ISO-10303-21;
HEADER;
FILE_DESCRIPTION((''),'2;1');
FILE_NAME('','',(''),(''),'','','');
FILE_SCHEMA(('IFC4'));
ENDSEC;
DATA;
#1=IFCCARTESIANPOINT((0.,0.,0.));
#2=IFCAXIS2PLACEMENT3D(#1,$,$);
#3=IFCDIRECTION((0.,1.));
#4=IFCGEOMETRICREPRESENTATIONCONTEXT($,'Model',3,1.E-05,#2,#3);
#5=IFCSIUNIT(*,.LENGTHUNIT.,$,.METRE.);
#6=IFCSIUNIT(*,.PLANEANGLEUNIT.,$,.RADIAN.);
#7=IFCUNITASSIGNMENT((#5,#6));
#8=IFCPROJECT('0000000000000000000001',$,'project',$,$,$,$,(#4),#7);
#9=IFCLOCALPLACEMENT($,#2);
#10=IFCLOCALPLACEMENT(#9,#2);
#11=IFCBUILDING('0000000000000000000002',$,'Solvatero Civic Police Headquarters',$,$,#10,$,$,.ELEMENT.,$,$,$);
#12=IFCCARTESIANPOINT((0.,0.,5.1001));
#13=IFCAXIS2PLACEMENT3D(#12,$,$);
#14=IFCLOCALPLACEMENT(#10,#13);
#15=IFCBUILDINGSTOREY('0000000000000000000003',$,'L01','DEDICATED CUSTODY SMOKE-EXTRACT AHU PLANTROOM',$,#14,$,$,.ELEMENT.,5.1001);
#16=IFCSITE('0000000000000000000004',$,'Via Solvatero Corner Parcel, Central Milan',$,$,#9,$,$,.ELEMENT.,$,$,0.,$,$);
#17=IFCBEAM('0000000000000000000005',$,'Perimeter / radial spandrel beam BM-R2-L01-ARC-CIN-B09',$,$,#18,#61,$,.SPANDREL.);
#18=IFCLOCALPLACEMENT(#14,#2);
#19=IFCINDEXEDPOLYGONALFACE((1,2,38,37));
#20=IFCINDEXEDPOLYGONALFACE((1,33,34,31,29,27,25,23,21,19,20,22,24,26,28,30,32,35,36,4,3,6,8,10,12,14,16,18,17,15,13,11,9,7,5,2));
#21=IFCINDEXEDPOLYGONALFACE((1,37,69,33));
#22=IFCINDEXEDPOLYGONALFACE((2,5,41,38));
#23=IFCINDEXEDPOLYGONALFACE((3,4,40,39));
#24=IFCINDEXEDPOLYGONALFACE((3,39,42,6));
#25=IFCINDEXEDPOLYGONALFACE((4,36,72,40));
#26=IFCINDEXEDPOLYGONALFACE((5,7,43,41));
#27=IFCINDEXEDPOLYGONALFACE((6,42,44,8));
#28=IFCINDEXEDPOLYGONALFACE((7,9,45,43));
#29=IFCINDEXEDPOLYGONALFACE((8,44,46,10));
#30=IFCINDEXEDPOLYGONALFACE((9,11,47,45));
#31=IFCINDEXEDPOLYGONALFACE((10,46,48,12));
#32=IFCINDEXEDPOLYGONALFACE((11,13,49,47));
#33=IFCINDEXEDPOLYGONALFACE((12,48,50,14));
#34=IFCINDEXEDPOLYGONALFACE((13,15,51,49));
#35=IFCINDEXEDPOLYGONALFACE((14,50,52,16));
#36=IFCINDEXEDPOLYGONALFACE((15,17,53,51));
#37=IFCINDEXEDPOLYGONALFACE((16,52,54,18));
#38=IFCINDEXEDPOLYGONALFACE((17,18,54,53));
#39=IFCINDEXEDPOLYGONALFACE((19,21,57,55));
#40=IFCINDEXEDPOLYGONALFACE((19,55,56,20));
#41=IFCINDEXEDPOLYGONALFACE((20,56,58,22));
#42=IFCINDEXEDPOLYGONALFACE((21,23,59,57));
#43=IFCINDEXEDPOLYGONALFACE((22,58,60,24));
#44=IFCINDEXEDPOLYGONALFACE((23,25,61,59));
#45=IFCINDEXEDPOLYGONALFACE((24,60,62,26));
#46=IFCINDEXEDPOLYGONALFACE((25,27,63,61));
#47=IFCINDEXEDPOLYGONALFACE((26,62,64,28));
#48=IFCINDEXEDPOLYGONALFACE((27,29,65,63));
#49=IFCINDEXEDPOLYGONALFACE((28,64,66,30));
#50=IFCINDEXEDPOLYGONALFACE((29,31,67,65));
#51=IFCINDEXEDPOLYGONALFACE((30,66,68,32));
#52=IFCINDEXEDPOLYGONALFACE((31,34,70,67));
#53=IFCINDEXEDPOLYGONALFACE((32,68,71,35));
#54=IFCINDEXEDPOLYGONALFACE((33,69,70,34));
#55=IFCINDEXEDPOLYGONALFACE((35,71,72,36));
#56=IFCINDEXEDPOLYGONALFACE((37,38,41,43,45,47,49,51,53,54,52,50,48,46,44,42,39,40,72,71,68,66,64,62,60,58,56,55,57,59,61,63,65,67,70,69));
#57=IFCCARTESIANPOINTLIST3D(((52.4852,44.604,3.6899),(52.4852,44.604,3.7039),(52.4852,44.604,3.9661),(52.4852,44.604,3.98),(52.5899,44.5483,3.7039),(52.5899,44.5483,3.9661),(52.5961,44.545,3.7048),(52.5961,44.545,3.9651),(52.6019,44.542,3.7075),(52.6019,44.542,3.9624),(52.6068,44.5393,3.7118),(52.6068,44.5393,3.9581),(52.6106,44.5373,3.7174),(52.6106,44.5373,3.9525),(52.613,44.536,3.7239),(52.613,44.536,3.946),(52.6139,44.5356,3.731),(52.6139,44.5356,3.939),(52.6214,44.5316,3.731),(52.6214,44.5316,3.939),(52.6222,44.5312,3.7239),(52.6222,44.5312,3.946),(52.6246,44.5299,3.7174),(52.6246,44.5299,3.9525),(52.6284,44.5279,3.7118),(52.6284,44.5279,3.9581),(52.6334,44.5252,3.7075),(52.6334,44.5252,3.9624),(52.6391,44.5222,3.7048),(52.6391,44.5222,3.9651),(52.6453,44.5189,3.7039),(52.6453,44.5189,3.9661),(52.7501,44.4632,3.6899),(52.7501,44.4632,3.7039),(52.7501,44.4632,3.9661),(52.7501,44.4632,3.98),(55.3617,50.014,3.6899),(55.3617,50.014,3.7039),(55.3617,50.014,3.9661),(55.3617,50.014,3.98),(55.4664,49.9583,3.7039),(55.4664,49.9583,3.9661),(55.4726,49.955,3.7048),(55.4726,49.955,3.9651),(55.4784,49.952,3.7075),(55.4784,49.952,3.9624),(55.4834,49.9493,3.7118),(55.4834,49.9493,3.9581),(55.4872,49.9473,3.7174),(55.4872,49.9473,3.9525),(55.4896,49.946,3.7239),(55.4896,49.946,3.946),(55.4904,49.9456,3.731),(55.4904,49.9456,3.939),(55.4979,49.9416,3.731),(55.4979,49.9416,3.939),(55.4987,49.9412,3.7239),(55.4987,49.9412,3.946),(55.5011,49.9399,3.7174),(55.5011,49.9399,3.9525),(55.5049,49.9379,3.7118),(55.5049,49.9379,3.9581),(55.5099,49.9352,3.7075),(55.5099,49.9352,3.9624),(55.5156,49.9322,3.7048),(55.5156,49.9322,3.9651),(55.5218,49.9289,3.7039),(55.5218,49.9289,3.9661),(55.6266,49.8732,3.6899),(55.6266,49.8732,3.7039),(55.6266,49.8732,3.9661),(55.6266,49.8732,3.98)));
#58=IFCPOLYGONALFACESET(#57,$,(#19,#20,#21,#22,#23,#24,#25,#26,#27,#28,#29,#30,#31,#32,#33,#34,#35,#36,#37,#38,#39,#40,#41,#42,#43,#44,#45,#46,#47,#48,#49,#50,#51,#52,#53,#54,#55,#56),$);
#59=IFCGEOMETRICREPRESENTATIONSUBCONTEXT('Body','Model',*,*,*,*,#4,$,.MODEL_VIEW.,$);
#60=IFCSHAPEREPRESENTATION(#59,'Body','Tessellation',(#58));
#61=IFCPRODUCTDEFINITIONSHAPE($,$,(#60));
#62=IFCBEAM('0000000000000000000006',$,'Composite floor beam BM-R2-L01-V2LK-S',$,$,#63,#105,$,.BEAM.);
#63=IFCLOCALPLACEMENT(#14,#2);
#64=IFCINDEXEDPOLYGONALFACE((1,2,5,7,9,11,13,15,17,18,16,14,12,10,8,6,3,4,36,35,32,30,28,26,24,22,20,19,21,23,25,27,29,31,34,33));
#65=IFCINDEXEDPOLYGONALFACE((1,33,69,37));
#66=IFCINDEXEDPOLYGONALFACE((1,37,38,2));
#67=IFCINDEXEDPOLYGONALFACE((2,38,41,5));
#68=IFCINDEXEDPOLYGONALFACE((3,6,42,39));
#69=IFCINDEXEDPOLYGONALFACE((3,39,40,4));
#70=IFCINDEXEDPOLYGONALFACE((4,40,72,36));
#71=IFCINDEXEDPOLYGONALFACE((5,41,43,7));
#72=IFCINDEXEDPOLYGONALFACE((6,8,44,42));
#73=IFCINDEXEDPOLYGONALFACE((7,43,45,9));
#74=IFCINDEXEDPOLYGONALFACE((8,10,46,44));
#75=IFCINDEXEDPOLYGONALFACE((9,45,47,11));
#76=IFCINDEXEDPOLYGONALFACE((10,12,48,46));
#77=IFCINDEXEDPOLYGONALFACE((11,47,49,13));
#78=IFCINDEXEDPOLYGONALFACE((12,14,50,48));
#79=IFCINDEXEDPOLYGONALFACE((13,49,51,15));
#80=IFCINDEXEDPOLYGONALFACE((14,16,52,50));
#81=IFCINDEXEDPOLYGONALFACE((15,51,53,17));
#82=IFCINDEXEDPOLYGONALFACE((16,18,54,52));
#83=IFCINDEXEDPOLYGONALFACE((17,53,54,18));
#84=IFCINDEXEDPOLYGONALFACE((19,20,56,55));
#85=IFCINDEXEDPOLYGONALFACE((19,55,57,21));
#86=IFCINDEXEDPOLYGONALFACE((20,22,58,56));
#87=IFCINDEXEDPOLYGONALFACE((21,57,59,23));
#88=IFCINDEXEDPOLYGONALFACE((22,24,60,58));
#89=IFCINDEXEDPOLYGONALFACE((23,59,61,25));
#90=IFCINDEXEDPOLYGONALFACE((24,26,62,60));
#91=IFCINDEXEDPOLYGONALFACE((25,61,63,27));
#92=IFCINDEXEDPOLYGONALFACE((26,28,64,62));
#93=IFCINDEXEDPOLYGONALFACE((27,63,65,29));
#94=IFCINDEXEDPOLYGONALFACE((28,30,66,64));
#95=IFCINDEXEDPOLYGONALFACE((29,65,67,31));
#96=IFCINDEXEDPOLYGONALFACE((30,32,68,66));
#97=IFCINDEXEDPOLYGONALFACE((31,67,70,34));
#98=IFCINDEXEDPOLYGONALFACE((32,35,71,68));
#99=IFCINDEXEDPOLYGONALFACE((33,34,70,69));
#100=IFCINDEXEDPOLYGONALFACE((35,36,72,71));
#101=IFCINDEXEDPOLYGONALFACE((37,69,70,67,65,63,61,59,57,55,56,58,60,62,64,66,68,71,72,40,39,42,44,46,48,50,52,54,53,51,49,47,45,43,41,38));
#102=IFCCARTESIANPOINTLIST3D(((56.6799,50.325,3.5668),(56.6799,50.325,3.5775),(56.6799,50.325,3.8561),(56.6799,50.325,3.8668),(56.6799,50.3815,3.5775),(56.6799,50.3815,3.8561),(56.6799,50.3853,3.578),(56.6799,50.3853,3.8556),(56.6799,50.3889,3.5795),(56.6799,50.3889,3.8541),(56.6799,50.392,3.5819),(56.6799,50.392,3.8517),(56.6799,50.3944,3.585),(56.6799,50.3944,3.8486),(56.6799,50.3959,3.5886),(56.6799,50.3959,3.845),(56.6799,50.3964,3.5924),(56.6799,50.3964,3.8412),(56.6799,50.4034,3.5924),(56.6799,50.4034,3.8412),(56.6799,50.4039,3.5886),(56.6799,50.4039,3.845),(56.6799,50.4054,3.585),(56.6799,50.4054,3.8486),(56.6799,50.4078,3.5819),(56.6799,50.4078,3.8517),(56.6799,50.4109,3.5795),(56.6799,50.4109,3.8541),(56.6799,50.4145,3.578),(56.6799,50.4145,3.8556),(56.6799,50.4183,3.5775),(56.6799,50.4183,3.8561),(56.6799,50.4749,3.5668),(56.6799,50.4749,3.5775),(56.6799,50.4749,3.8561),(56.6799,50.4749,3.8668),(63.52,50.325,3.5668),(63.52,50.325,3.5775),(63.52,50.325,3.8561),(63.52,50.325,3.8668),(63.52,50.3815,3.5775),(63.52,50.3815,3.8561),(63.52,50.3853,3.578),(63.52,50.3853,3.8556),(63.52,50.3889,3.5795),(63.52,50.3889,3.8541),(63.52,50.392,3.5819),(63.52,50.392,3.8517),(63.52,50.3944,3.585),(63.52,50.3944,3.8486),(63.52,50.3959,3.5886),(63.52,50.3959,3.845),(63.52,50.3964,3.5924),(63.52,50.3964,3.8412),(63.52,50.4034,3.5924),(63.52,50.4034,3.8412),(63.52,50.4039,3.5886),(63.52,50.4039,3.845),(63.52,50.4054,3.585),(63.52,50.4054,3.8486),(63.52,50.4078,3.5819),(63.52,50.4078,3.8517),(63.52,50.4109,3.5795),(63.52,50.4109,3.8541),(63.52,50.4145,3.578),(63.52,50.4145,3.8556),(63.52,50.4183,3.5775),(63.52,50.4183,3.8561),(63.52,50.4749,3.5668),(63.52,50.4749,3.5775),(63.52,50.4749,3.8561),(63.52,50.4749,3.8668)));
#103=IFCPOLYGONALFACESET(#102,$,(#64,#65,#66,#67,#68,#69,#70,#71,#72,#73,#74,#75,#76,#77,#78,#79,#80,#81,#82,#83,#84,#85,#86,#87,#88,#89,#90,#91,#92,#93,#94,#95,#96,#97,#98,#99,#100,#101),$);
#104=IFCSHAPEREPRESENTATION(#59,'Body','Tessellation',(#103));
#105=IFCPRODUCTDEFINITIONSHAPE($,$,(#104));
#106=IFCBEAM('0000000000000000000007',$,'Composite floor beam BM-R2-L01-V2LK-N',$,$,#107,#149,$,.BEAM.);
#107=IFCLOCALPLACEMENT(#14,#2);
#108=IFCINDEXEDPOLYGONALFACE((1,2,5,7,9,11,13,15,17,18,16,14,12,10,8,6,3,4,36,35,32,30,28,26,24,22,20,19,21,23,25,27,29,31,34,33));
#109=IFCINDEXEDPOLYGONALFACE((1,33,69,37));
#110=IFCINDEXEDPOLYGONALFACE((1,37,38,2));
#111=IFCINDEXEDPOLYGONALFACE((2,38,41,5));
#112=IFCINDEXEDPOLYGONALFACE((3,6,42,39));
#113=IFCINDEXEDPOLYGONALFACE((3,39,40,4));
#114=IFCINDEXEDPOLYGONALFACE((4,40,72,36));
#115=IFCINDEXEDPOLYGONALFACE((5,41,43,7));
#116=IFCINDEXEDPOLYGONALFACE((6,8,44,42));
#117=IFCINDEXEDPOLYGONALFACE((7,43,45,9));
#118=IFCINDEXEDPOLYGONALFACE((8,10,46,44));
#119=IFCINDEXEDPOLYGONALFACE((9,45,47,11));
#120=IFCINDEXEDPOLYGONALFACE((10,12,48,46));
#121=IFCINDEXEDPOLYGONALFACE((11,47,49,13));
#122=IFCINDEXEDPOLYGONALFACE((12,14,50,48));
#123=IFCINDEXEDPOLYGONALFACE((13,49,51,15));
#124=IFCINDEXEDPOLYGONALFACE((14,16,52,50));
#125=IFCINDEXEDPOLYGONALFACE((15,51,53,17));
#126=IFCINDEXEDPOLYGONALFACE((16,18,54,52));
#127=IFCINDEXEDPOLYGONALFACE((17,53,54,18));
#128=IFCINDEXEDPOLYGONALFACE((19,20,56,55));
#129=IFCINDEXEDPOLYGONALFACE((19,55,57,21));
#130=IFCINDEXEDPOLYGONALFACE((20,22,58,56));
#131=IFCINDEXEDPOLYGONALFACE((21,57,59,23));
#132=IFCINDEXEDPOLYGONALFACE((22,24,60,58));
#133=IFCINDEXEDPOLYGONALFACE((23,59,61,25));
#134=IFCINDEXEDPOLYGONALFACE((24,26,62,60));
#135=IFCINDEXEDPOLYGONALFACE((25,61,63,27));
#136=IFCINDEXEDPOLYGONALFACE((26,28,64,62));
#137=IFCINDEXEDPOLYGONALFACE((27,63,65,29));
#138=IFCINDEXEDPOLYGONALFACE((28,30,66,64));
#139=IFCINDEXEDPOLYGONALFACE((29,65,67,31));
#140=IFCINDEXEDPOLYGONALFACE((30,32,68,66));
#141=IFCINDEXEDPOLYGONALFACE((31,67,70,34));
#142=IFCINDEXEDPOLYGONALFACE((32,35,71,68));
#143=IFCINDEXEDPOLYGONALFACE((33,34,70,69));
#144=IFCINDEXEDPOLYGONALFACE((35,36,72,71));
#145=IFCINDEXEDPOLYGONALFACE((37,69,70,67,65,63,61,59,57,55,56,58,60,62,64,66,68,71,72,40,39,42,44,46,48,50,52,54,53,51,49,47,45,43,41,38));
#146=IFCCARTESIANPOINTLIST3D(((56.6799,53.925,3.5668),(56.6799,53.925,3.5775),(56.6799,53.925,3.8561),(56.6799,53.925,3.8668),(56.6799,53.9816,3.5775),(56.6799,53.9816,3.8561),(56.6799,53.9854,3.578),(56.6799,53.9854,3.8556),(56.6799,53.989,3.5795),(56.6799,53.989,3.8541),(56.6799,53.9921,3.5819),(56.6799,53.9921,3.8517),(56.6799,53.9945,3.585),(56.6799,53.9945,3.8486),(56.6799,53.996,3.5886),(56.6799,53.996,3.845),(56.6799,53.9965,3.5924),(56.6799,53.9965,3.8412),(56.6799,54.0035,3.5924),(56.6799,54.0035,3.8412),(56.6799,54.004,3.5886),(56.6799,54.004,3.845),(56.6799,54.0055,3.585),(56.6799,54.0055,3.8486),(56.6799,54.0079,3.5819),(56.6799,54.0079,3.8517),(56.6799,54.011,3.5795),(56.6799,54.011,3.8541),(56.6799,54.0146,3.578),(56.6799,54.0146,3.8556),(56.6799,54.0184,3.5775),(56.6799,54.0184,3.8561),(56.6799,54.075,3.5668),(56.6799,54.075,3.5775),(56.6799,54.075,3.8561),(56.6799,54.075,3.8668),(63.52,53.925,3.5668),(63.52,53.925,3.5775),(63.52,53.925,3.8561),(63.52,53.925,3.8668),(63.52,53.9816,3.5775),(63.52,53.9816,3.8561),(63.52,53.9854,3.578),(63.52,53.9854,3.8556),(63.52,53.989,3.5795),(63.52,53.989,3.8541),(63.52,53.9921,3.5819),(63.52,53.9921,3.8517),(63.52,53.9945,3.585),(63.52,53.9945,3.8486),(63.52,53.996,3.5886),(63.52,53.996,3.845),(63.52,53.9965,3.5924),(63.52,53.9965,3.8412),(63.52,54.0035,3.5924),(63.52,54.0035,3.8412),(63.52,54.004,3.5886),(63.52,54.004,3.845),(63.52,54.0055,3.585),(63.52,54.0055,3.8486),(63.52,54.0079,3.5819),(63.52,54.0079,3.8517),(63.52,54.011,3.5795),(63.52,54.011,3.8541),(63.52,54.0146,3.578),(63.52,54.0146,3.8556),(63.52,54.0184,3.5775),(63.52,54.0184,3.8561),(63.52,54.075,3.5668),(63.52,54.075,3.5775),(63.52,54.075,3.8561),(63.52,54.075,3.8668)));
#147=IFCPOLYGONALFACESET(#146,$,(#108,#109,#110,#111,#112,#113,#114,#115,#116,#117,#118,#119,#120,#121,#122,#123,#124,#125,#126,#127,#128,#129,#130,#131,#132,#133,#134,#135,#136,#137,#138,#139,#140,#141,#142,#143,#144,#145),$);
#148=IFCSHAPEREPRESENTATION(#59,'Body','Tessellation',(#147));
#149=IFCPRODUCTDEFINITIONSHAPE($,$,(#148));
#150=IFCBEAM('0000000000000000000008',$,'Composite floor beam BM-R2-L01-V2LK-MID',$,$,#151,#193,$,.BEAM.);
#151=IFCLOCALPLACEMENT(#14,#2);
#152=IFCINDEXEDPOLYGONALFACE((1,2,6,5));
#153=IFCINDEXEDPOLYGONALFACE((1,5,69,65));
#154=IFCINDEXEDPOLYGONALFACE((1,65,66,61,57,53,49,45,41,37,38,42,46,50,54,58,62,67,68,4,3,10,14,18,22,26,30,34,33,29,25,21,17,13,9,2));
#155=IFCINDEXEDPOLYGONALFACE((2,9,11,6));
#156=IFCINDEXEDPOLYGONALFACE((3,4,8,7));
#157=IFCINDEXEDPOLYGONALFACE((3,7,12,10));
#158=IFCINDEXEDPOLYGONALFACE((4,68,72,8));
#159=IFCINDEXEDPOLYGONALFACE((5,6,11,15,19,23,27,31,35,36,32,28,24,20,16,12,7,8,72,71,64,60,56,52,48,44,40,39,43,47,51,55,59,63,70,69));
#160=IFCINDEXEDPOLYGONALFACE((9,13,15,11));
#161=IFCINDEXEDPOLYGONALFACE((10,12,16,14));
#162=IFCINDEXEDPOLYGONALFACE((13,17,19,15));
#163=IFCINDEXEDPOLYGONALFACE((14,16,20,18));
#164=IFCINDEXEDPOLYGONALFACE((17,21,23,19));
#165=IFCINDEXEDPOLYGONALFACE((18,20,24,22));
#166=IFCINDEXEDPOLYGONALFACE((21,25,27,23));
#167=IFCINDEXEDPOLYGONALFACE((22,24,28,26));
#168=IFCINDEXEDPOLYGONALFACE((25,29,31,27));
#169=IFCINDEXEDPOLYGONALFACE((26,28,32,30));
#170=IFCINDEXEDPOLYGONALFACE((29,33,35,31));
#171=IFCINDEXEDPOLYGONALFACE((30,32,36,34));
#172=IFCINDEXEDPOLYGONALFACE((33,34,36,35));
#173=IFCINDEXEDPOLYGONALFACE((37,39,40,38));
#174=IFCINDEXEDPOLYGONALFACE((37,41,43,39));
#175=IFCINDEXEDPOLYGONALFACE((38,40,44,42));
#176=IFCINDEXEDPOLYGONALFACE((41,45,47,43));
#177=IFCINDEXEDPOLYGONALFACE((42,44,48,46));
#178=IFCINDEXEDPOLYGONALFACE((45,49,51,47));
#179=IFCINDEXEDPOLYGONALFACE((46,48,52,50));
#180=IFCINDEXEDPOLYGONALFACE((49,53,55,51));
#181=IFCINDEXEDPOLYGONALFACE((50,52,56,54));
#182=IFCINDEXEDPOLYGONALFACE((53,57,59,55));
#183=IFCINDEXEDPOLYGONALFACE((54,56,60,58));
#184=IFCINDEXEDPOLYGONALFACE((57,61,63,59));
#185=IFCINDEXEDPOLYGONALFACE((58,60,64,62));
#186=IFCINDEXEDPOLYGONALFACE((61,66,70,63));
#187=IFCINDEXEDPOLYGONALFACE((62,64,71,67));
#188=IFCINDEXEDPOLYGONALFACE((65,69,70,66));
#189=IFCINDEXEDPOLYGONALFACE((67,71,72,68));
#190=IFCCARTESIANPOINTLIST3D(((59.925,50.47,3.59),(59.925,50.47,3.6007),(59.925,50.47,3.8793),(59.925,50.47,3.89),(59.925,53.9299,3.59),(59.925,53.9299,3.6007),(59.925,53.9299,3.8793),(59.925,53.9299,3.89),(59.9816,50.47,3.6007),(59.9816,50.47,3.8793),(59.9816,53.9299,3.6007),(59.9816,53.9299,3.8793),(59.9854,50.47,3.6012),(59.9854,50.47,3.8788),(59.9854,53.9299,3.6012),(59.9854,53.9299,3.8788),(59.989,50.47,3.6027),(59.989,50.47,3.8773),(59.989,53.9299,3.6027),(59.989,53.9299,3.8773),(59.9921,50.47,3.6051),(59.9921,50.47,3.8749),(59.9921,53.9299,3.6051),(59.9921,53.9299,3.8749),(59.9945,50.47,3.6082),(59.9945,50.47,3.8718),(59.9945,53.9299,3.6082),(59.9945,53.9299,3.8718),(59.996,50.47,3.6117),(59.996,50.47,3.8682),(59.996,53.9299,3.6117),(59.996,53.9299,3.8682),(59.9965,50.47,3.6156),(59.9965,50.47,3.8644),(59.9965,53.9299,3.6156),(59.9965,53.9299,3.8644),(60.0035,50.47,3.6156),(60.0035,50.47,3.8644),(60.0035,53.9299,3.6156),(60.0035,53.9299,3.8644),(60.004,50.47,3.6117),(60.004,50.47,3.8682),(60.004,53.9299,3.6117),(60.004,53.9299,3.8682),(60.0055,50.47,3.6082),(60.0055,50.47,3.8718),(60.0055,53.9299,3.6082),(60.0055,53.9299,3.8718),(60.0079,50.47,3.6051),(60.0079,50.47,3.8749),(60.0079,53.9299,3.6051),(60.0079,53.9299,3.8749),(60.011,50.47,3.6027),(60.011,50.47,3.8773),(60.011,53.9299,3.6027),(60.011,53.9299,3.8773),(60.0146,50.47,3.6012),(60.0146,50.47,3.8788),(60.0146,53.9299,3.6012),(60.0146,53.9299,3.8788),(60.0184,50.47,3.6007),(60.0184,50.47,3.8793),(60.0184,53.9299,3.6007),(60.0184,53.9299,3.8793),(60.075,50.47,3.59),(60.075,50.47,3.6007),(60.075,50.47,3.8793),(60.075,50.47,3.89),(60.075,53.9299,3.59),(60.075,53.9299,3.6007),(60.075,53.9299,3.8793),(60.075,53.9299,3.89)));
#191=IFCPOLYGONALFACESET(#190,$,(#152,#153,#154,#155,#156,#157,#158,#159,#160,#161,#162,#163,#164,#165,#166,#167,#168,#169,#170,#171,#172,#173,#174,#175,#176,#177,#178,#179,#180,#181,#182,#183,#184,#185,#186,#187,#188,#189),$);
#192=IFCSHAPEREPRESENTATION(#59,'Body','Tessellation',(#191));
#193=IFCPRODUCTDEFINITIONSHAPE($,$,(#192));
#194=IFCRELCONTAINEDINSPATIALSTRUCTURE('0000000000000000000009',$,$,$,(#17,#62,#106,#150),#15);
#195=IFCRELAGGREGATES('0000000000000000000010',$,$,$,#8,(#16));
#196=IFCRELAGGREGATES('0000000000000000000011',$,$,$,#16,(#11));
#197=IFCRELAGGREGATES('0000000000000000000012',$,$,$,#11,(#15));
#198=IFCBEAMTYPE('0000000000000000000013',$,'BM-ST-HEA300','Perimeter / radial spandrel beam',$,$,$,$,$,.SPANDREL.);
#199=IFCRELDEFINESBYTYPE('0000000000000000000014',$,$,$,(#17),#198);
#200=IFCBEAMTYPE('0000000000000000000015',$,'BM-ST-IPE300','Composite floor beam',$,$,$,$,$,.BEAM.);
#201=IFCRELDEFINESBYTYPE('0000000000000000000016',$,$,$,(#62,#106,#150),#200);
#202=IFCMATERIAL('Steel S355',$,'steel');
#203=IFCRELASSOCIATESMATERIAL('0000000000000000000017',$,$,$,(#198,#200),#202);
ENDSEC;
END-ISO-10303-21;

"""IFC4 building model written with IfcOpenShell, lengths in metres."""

from ifc_helpers import new_model, si_unit, direction, frame, origin, origin_2d, place, context, subcontext, project, spatial, i_section, extrude, material, material_profile, profile_set, type_object, element, save


model = new_model("IFC4")

# Units and contexts
model_context = context("Model", 3, precision=1e-05, world=origin(), true_north=direction((0.0, 1.0)))
body_context = subcontext(model_context, "Body", "Model", "MODEL_VIEW")
ifc_project = project(units=[si_unit("LENGTHUNIT", "METRE"), si_unit("PLANEANGLEUNIT", "RADIAN")], contexts=[model_context])

# Site, building, storey
site_placement = place(None, origin())
site = spatial("IfcSite", under=ifc_project, at=site_placement, Name="Via Solvatero Corner Parcel, Central Milan", CompositionType="ELEMENT", RefElevation=0.0)
building_placement = place(site_placement, origin())
building = spatial("IfcBuilding", under=site, at=building_placement, Name="Solvatero Civic Police Headquarters", CompositionType="ELEMENT")
storey_placement = place(building_placement, frame((0.0, 0.0, 5.1001)))
storey = spatial("IfcBuildingStorey", under=building, at=storey_placement, Name="L01", Description="DEDICATED CUSTODY SMOKE-EXTRACT AHU PLANTROOM", CompositionType="ELEMENT", Elevation=5.1001)

# Shared definitions
ifc_material_1 = material(Name="Steel S355", Category="steel")

# Beams
ifc_material_profile_1 = material_profile(ifc_material_1, i_section(OverallWidth=0.3, OverallDepth=0.29, WebThickness=0.0085, FlangeThickness=0.0139, FilletRadius=0.0271, at=origin_2d()), Name="HEA 300")
ifc_profile_set_1 = profile_set([ifc_material_profile_1], Name="Steel S355")
beam_type_1 = type_object("IfcBeamType", Name="BM-ST-HEA300", Description="Perimeter / radial spandrel beam", PredefinedType="SPANDREL", material=ifc_profile_set_1)
beam_1_placement = place(storey_placement, frame((55.4941, 49.9436, 3.835), z_axis=(-0.469467, -0.88295, 0.0), x_axis=(0.88295, -0.469467, 0.0)))
element("IfcBeam", 1, at=beam_1_placement, inside=storey, type_object=beam_type_1, Name="Perimeter / radial spandrel beam BM-R2-L01-ARC-CIN-B09", PredefinedType="SPANDREL", context=body_context, shape_type="SweptSolid", body=[
    extrude(i_section(OverallWidth=0.3, OverallDepth=0.29, WebThickness=0.0085, FlangeThickness=0.0139, FilletRadius=0.0271, at=origin_2d()), origin(), (0.0, 0.0, 1.0), 6.1272),
])
ifc_material_profile_2 = material_profile(ifc_material_1, i_section(OverallWidth=0.1499, OverallDepth=0.3, WebThickness=0.0071, FlangeThickness=0.0107, FilletRadius=0.0149, at=origin_2d()), Name="IPE 300")
ifc_profile_set_2 = profile_set([ifc_material_profile_2], Name="Steel S355")
beam_type_2 = type_object("IfcBeamType", Name="BM-ST-IPE300", Description="Composite floor beam", PredefinedType="BEAM", material=ifc_profile_set_2)
for number, where, z_axis, x_axis, name in (
    (2, (56.6799, 50.3999, 3.7168), (1.0, 0.0, 0.0), (0.0, 1.0, 0.0), "Composite floor beam BM-R2-L01-V2LK-S"),
    (3, (56.6799, 54.0, 3.7168), (1.0, 0.0, 0.0), (0.0, 1.0, 0.0), "Composite floor beam BM-R2-L01-V2LK-N"),
):
    element("IfcBeam", number, at=place(storey_placement, frame(where, z_axis=z_axis, x_axis=x_axis)), inside=storey, type_object=beam_type_2, Name=name, PredefinedType="BEAM", context=body_context, shape_type="SweptSolid", body=[
        extrude(i_section(OverallWidth=0.1499, OverallDepth=0.3, WebThickness=0.0071, FlangeThickness=0.0107, FilletRadius=0.0149, at=origin_2d()), origin(), (0.0, 0.0, 1.0), 6.8401),
    ])
beam_2_placement = place(storey_placement, frame((60.0, 50.47, 3.74), z_axis=(0.0, 1.0, 0.0), x_axis=(-1.0, 0.0, 0.0)))
element("IfcBeam", 4, at=beam_2_placement, inside=storey, type_object=beam_type_2, Name="Composite floor beam BM-R2-L01-V2LK-MID", PredefinedType="BEAM", context=body_context, shape_type="SweptSolid", body=[
    extrude(i_section(OverallWidth=0.1499, OverallDepth=0.3, WebThickness=0.0071, FlangeThickness=0.0107, FilletRadius=0.0149, at=origin_2d()), origin(), (0.0, 0.0, 1.0), 3.46),
])

save(model, "model.ifc")
